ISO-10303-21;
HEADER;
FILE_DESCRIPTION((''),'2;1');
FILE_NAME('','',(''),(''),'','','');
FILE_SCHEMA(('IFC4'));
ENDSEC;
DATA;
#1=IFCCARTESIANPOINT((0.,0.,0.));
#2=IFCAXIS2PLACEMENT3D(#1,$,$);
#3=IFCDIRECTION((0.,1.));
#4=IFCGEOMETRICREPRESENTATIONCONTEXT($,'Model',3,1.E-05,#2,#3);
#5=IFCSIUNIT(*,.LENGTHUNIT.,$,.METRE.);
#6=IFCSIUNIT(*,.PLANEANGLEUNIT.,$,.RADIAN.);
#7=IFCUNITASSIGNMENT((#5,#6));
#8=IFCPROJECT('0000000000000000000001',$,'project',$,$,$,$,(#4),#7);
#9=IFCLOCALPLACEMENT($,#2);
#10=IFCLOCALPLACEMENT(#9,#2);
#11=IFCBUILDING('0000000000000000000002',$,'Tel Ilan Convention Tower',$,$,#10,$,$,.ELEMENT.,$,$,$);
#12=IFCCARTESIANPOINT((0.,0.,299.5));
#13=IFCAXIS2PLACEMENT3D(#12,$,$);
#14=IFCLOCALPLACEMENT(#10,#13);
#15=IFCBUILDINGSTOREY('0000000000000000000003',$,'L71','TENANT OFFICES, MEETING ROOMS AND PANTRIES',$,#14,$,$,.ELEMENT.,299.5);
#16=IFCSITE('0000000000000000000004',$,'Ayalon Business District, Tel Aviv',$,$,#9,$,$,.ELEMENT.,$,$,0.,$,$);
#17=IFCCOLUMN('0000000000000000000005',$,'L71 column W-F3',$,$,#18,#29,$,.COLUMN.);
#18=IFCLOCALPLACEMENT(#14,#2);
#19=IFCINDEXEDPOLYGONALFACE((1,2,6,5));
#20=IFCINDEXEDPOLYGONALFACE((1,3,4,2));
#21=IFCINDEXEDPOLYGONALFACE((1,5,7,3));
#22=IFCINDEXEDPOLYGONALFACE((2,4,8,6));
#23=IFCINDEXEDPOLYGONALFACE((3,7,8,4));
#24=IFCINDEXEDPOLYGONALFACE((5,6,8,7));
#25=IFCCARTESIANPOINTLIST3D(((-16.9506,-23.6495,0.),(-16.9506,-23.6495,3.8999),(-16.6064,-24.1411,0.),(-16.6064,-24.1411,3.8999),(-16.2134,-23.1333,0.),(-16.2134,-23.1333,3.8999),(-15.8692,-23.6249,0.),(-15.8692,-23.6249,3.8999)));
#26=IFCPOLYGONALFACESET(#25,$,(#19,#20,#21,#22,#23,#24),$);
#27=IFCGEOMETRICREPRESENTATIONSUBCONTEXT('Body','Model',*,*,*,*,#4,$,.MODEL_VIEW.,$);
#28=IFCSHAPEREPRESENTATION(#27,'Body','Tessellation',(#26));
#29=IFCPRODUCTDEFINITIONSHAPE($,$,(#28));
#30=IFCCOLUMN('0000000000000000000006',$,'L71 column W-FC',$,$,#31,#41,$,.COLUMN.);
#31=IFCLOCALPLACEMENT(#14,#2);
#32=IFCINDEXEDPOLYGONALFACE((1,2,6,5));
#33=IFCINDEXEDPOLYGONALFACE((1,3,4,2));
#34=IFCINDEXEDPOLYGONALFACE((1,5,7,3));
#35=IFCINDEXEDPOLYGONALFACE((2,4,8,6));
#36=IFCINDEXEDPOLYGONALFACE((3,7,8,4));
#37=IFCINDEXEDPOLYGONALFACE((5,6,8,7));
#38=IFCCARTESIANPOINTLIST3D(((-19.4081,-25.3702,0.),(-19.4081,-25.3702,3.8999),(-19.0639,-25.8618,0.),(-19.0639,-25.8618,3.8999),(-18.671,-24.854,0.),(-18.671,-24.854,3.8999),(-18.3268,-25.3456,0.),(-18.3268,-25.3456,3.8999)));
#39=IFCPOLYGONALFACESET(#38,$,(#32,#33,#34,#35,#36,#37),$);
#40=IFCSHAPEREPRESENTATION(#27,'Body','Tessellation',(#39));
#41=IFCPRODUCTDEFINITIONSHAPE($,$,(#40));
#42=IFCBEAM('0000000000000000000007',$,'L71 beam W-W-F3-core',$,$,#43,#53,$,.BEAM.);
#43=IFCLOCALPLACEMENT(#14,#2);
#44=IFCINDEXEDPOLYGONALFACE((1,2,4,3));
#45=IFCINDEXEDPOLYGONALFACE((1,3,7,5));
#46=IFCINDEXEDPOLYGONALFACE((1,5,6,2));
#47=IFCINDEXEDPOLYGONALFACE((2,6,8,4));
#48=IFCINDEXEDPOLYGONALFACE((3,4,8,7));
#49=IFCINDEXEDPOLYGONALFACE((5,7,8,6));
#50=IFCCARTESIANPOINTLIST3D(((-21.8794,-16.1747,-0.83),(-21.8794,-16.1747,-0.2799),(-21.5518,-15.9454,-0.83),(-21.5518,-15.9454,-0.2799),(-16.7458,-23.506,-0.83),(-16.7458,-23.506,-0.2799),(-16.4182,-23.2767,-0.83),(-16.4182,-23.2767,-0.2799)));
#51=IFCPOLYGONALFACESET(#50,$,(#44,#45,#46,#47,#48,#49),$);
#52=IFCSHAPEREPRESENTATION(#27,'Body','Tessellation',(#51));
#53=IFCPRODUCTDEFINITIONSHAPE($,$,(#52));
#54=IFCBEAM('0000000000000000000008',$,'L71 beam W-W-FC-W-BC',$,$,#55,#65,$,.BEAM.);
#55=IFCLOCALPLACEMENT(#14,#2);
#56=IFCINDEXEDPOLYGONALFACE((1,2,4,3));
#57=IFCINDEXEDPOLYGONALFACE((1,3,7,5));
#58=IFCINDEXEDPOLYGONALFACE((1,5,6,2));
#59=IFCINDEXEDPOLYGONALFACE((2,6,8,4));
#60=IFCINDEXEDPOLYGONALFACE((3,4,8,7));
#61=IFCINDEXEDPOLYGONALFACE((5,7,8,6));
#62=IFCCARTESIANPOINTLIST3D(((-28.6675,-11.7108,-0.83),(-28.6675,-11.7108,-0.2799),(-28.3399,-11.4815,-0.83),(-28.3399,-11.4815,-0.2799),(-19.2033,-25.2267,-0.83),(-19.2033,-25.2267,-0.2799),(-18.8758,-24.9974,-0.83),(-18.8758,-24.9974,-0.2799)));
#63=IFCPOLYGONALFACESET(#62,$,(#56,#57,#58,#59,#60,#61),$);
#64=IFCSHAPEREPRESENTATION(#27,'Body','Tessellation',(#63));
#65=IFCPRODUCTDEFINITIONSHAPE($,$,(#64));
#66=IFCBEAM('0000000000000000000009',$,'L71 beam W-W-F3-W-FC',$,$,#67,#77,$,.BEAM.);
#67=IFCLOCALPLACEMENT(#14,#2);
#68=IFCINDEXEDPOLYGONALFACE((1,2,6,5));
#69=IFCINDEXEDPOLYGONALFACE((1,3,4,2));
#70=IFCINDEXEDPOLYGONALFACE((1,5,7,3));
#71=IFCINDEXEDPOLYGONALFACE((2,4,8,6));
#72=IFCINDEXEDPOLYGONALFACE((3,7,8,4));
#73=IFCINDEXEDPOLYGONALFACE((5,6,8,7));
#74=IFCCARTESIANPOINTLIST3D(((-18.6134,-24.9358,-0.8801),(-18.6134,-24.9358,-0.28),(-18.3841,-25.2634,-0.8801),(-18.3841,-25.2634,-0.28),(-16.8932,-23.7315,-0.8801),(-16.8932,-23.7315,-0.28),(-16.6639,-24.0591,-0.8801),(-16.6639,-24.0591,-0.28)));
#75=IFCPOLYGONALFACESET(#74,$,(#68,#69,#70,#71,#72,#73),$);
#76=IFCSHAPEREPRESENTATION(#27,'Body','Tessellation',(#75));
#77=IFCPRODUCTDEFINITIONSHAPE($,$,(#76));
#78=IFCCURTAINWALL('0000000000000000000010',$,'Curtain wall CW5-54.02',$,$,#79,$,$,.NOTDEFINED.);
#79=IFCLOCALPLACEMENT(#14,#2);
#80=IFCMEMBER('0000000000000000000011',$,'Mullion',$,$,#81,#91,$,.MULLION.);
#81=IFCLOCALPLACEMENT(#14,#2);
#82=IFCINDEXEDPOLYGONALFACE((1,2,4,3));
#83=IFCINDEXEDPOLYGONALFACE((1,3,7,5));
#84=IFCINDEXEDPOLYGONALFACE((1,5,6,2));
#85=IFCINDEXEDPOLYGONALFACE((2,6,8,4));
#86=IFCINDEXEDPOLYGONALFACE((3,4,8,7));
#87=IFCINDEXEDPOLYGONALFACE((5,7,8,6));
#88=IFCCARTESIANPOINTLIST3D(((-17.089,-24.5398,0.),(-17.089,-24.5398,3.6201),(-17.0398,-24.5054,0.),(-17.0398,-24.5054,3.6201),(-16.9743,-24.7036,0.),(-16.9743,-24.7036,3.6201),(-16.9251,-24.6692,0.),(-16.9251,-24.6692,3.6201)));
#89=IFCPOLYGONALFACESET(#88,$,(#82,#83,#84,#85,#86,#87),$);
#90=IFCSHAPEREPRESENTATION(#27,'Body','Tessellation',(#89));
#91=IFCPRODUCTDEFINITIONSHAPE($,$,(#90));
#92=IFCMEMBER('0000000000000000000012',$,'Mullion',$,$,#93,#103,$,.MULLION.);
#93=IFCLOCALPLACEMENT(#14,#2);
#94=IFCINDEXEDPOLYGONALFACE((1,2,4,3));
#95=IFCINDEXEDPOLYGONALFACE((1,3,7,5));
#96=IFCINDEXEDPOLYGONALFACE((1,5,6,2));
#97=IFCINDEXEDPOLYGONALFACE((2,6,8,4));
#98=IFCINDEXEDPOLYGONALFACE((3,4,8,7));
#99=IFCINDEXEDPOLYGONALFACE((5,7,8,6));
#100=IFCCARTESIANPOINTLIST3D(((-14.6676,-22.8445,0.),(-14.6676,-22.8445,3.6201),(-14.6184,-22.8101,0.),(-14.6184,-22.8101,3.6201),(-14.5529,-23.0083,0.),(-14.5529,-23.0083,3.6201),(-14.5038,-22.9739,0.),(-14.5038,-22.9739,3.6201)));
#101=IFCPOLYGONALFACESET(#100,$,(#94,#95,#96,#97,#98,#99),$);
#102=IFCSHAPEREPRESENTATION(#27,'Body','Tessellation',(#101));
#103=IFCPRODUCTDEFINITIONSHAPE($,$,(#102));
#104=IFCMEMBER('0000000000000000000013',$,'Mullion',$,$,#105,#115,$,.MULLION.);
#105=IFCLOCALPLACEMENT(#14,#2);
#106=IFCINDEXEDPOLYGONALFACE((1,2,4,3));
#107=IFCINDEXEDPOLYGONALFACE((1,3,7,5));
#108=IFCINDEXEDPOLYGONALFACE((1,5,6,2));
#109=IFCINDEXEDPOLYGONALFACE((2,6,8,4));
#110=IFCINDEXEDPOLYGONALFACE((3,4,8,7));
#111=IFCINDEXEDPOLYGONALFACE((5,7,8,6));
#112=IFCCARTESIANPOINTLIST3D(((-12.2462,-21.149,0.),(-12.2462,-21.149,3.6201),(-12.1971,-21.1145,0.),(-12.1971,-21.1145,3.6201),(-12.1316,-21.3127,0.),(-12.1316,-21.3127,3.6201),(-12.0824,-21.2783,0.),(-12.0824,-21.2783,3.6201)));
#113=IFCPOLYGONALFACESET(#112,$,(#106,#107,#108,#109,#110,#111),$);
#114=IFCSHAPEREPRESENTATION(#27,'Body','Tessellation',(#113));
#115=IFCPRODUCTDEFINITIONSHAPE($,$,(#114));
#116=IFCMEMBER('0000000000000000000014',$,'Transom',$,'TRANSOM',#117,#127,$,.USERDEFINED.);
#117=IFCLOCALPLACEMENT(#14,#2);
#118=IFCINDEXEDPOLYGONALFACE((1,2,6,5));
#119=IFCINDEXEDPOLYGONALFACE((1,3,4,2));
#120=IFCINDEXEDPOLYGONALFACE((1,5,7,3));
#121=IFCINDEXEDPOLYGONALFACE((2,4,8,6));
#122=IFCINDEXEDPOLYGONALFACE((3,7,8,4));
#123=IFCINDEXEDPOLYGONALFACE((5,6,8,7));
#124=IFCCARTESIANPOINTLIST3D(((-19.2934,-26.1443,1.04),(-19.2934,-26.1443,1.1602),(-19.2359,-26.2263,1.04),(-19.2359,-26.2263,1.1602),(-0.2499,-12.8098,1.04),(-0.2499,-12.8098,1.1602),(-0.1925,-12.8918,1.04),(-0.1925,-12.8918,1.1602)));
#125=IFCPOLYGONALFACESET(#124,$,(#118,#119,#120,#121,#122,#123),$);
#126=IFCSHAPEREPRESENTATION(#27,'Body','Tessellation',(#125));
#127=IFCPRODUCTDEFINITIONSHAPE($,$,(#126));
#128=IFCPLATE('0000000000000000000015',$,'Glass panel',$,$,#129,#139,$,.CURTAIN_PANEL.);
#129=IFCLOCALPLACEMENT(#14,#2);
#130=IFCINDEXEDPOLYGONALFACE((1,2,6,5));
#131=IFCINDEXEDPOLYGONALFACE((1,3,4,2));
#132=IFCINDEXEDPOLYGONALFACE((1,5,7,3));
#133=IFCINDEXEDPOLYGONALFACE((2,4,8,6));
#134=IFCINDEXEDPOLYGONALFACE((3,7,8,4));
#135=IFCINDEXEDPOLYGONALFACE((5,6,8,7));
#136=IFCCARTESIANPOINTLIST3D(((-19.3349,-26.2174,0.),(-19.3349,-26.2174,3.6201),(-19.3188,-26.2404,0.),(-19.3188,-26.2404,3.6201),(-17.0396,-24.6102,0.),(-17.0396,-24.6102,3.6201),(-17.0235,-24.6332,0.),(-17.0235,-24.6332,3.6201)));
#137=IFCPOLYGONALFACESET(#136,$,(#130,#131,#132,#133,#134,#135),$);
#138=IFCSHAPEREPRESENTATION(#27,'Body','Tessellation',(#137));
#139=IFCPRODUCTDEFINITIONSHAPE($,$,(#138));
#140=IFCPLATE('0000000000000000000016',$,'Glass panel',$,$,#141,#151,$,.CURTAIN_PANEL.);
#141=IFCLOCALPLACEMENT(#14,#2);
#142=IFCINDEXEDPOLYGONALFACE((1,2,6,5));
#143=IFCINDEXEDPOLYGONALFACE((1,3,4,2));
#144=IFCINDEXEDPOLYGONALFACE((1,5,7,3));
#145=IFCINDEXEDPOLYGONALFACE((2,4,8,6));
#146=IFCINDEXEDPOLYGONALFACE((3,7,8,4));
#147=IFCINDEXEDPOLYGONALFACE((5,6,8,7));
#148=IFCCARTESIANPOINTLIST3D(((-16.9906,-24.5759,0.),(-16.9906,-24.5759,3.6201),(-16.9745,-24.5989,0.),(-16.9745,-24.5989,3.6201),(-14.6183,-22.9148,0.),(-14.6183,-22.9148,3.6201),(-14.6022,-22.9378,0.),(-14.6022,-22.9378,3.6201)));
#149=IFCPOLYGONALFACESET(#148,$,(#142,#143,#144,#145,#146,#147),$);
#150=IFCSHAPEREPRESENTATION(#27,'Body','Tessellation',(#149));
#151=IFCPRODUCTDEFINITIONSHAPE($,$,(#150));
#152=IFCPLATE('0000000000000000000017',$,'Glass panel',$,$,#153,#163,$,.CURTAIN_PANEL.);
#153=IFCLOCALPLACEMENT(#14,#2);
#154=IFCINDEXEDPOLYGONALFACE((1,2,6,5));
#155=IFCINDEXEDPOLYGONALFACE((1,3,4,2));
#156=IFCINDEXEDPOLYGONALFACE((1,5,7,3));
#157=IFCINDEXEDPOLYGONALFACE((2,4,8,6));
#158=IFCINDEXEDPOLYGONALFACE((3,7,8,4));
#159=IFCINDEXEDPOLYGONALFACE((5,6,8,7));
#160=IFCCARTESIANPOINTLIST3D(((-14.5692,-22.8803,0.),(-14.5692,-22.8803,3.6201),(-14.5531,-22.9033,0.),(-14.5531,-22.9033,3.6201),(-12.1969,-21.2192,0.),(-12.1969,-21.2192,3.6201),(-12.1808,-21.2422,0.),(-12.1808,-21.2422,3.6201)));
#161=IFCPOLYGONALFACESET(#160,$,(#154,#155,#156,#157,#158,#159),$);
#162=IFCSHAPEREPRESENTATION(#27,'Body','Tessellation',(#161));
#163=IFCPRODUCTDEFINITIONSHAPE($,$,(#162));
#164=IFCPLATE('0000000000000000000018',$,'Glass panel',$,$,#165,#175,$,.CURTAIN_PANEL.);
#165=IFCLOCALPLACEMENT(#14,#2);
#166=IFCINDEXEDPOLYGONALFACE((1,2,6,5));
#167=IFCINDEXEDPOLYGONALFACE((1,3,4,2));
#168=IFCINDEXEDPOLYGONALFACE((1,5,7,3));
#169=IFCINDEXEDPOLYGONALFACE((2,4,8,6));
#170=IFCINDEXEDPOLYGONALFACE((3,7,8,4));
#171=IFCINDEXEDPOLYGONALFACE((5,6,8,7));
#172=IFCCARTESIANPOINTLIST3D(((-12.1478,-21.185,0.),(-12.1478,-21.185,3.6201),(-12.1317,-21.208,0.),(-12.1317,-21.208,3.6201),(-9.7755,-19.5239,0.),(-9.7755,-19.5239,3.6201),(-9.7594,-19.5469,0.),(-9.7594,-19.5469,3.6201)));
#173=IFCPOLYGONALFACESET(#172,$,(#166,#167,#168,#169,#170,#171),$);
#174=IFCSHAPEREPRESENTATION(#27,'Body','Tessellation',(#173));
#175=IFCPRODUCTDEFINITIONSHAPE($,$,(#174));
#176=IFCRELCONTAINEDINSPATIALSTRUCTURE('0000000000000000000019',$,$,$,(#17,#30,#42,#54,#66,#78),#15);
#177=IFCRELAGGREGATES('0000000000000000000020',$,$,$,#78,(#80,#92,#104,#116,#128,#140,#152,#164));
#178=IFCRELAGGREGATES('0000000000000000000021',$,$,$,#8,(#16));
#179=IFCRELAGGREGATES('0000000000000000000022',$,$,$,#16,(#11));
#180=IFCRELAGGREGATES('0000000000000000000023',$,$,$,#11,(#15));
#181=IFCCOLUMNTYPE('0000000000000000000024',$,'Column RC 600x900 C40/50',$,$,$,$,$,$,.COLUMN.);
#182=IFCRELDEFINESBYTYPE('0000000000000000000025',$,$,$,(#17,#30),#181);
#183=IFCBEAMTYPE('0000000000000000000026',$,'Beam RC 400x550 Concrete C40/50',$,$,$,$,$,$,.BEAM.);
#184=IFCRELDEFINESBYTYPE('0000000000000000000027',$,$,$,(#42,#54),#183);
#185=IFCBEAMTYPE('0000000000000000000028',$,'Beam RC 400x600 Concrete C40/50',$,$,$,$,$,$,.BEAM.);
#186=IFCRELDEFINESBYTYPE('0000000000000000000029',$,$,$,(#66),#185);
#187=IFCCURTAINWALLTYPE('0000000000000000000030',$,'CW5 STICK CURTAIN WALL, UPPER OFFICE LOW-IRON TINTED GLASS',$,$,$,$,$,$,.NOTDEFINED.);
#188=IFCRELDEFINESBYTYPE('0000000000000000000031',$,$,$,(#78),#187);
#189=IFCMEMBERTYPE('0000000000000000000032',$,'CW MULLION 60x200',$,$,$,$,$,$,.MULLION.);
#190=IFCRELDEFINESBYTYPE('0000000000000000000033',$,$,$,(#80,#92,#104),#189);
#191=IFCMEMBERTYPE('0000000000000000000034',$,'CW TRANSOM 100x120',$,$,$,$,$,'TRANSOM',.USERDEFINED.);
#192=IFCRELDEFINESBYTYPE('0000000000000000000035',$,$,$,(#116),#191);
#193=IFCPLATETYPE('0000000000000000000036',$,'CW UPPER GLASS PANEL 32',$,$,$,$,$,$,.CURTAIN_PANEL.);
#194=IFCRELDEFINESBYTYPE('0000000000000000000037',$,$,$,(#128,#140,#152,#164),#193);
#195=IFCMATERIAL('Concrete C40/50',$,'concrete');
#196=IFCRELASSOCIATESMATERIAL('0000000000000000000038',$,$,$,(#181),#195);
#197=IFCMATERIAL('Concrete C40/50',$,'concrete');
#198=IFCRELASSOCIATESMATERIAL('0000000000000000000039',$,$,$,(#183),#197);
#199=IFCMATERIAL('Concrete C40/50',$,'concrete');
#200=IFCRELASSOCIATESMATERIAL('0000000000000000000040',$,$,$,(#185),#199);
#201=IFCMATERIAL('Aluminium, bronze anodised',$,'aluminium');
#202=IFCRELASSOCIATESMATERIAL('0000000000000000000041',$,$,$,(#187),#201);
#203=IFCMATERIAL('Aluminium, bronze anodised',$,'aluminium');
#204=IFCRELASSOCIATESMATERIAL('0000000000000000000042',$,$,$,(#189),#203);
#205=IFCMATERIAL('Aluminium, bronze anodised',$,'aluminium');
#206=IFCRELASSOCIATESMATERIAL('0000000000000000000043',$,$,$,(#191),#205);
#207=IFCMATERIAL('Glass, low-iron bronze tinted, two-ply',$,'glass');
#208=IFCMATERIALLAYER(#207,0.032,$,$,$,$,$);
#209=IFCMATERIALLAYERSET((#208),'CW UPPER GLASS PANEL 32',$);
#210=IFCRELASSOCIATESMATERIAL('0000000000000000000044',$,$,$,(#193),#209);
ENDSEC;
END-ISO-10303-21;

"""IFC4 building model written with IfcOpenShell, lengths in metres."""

from ifc_helpers import new_model, si_unit, direction, frame, origin, origin_2d, place, context, subcontext, project, spatial, rectangle, extrude, material, layer, layer_set, material_profile, profile_set, type_object, element, aggregate, save


model = new_model("IFC4")

# Units and contexts
model_context = context("Model", 3, precision=1e-05, world=origin(), true_north=direction((0.0, 1.0)))
body_context = subcontext(model_context, "Body", "Model", "MODEL_VIEW")
ifc_project = project(units=[si_unit("LENGTHUNIT", "METRE"), si_unit("PLANEANGLEUNIT", "RADIAN")], contexts=[model_context])

# Site, building, storey
site_placement = place(None, origin())
site = spatial("IfcSite", under=ifc_project, at=site_placement, Name="Ayalon Business District, Tel Aviv", CompositionType="ELEMENT", RefElevation=0.0)
building_placement = place(site_placement, origin())
building = spatial("IfcBuilding", under=site, at=building_placement, Name="Tel Ilan Convention Tower", CompositionType="ELEMENT")
storey_placement = place(building_placement, frame((0.0, 0.0, 299.5)))
storey = spatial("IfcBuildingStorey", under=building, at=storey_placement, Name="L71", Description="TENANT OFFICES, MEETING ROOMS AND PANTRIES", CompositionType="ELEMENT", Elevation=299.5)

# Columns
ifc_material_1 = material(Name="Concrete C40/50", Category="concrete")
ifc_material_profile_1 = material_profile(ifc_material_1, rectangle(XDim=0.8999, YDim=0.6001, at=origin_2d()), Name="RC 600x900")
ifc_profile_set_1 = profile_set([ifc_material_profile_1], Name="Concrete C40/50")
column_type = type_object("IfcColumnType", Name="Column RC 600x900 C40/50", PredefinedType="COLUMN", material=ifc_profile_set_1)
for number, where, z_axis, x_axis, name in (
    (1, (-16.4099, -23.6372, 0.0), (0.0, 0.0, 1.0), (-0.819152, -0.573576, 0.0), "L71 column W-F3"),
    (2, (-18.8674, -25.3579, 0.0), (0.0, 0.0, 1.0), (-0.819152, -0.573576, 0.0), "L71 column W-FC"),
):
    element("IfcColumn", number, at=place(storey_placement, frame(where, z_axis=z_axis, x_axis=x_axis)), inside=storey, type_object=column_type, Name=name, PredefinedType="COLUMN", context=body_context, shape_type="SweptSolid", body=[
        extrude(rectangle(XDim=0.8999, YDim=0.6001, at=origin_2d()), origin(), (0.0, 0.0, 1.0), 3.8999),
    ])

# Beams
ifc_material_2 = material(Name="Concrete C40/50", Category="concrete")
ifc_material_profile_2 = material_profile(ifc_material_2, rectangle(XDim=0.3999, YDim=0.55, at=origin_2d()), Name="RC 400x550")
ifc_profile_set_2 = profile_set([ifc_material_profile_2], Name="Concrete C40/50")
beam_type_1 = type_object("IfcBeamType", Name="Beam RC 400x550 Concrete C40/50", PredefinedType="BEAM", material=ifc_profile_set_2)
beam_1_placement = place(storey_placement, frame((-16.582, -23.3914, -0.5549), z_axis=(-0.573585, 0.819146, 0.0), x_axis=(-0.819146, -0.573585, 0.0)))
element("IfcBeam", 3, at=beam_1_placement, inside=storey, type_object=beam_type_1, Name="L71 beam W-W-F3-core", PredefinedType="BEAM", context=body_context, shape_type="SweptSolid", body=[
    extrude(rectangle(XDim=0.3999, YDim=0.55, at=origin_2d()), origin(), (0.0, 0.0, 1.0), 8.95),
])
beam_2_placement = place(storey_placement, frame((-19.0396, -25.1121, -0.5549), z_axis=(-0.573584, 0.819146, 0.0), x_axis=(-0.819146, -0.573584, 0.0)))
element("IfcBeam", 4, at=beam_2_placement, inside=storey, type_object=beam_type_1, Name="L71 beam W-W-FC-W-BC", PredefinedType="BEAM", context=body_context, shape_type="SweptSolid", body=[
    extrude(rectangle(XDim=0.3999, YDim=0.55, at=origin_2d()), origin(), (0.0, 0.0, 1.0), 16.5),
])
ifc_material_3 = material(Name="Concrete C40/50", Category="concrete")
ifc_material_profile_3 = material_profile(ifc_material_3, rectangle(XDim=0.3999, YDim=0.6001, at=origin_2d()), Name="RC 400x600")
ifc_profile_set_3 = profile_set([ifc_material_profile_3], Name="Concrete C40/50")
beam_type_2 = type_object("IfcBeamType", Name="Beam RC 400x600 Concrete C40/50", PredefinedType="BEAM", material=ifc_profile_set_3)
beam_3_placement = place(storey_placement, frame((-16.7786, -23.8953, -0.5801), z_axis=(-0.819188, -0.573525, 0.0), x_axis=(0.573525, -0.819188, 0.0)))
element("IfcBeam", 5, at=beam_3_placement, inside=storey, type_object=beam_type_2, Name="L71 beam W-W-F3-W-FC", PredefinedType="BEAM", context=body_context, shape_type="SweptSolid", body=[
    extrude(rectangle(XDim=0.3999, YDim=0.6001, at=origin_2d()), origin(), (0.0, 0.0, 1.0), 2.0999),
])

# Curtain wall, members, plates
ifc_material_4 = material(Name="Aluminium, bronze anodised", Category="aluminium")
curtain_wall_type = type_object("IfcCurtainWallType", Name="CW5 STICK CURTAIN WALL, UPPER OFFICE LOW-IRON TINTED GLASS", PredefinedType="NOTDEFINED", material=ifc_material_4)
curtain_wall_placement = place(storey_placement, origin())
curtain_wall = element("IfcCurtainWall", 6, at=curtain_wall_placement, inside=storey, type_object=curtain_wall_type, Name="Curtain wall CW5-54.02", PredefinedType="NOTDEFINED")
ifc_material_5 = material(Name="Aluminium, bronze anodised", Category="aluminium")
ifc_material_profile_4 = material_profile(ifc_material_5, rectangle(XDim=0.0601, YDim=0.2, at=origin_2d()), Name="CW MULLION 60x200")
ifc_profile_set_4 = profile_set([ifc_material_profile_4], Name="Aluminium, bronze anodised")
member_type_1 = type_object("IfcMemberType", Name="CW MULLION 60x200", PredefinedType="MULLION", material=ifc_profile_set_4)
member_1_placement = place(storey_placement, frame((-17.0071, -24.6045, 0.0), z_axis=(0.0, 0.0, 1.0), x_axis=(0.819152, 0.573576, 0.0)))
member_1 = element("IfcMember", 7, at=member_1_placement, type_object=member_type_1, Name="Mullion", PredefinedType="MULLION", context=body_context, shape_type="SweptSolid", body=[
    extrude(rectangle(XDim=0.0601, YDim=0.2, at=origin_2d()), origin(), (0.0, 0.0, 1.0), 3.6201),
])
member_2_placement = place(storey_placement, frame((-14.5857, -22.9092, 0.0), z_axis=(0.0, 0.0, 1.0), x_axis=(0.819152, 0.573576, 0.0)))
member_2 = element("IfcMember", 8, at=member_2_placement, type_object=member_type_1, Name="Mullion", PredefinedType="MULLION", context=body_context, shape_type="SweptSolid", body=[
    extrude(rectangle(XDim=0.0601, YDim=0.2, at=origin_2d()), origin(), (0.0, 0.0, 1.0), 3.6201),
])
member_3_placement = place(storey_placement, frame((-12.1643, -21.2136, 0.0), z_axis=(0.0, 0.0, 1.0), x_axis=(0.819152, 0.573576, 0.0)))
member_3 = element("IfcMember", 9, at=member_3_placement, type_object=member_type_1, Name="Mullion", PredefinedType="MULLION", context=body_context, shape_type="SweptSolid", body=[
    extrude(rectangle(XDim=0.0601, YDim=0.2, at=origin_2d()), origin(), (0.0, 0.0, 1.0), 3.6201),
])
ifc_material_6 = material(Name="Aluminium, bronze anodised", Category="aluminium")
ifc_material_profile_5 = material_profile(ifc_material_6, rectangle(XDim=0.1001, YDim=0.1201, at=origin_2d()), Name="CW TRANSOM 100x120")
ifc_profile_set_5 = profile_set([ifc_material_profile_5], Name="Aluminium, bronze anodised")
member_type_2 = type_object("IfcMemberType", Name="CW TRANSOM 100x120", ElementType="TRANSOM", PredefinedType="USERDEFINED", material=ifc_profile_set_5)
member_4_placement = place(storey_placement, frame((-19.2646, -26.1853, 1.1001), z_axis=(0.81915, 0.573579, 0.0), x_axis=(-0.573579, 0.81915, 0.0)))
member_4 = element("IfcMember", 10, at=member_4_placement, type_object=member_type_2, Name="Transom", ObjectType="TRANSOM", PredefinedType="USERDEFINED", context=body_context, shape_type="SweptSolid", body=[
    extrude(rectangle(XDim=0.1001, YDim=0.1201, at=origin_2d()), origin(), (0.0, 0.0, 1.0), 23.2478),
])
ifc_material_7 = material(Name="Glass, low-iron bronze tinted, two-ply", Category="glass")
ifc_layer_1 = layer(ifc_material_7, 0.032)
ifc_layer_set_1 = layer_set([ifc_layer_1], Name="CW UPPER GLASS PANEL 32")
plate_type = type_object("IfcPlateType", Name="CW UPPER GLASS PANEL 32", PredefinedType="CURTAIN_PANEL", material=ifc_layer_set_1)
plate_1_placement = place(storey_placement, frame((-18.1792, -25.4253, 0.0), z_axis=(0.0, 0.0, 1.0), x_axis=(0.819152, 0.573576, 0.0)))
plate_1 = element("IfcPlate", 11, at=plate_1_placement, type_object=plate_type, Name="Glass panel", PredefinedType="CURTAIN_PANEL", context=body_context, shape_type="SweptSolid", body=[
    extrude(rectangle(XDim=2.802, YDim=0.0281, at=origin_2d()), origin(), (0.0, 0.0, 1.0), 3.6201),
])
plate_2_placement = place(storey_placement, frame((-15.7964, -23.7568, 0.0), z_axis=(0.0, 0.0, 1.0), x_axis=(0.819152, 0.573576, 0.0)))
plate_2 = element("IfcPlate", 12, at=plate_2_placement, type_object=plate_type, Name="Glass panel", PredefinedType="CURTAIN_PANEL", context=body_context, shape_type="SweptSolid", body=[
    extrude(rectangle(XDim=2.896, YDim=0.0281, at=origin_2d()), origin(), (0.0, 0.0, 1.0), 3.6201),
])
plate_3_placement = place(storey_placement, frame((-13.375, -22.0613, 0.0), z_axis=(0.0, 0.0, 1.0), x_axis=(0.819152, 0.573576, 0.0)))
plate_3 = element("IfcPlate", 13, at=plate_3_placement, type_object=plate_type, Name="Glass panel", PredefinedType="CURTAIN_PANEL", context=body_context, shape_type="SweptSolid", body=[
    extrude(rectangle(XDim=2.896, YDim=0.0281, at=origin_2d()), origin(), (0.0, 0.0, 1.0), 3.6201),
])
plate_4_placement = place(storey_placement, frame((-10.9536, -20.366, 0.0), z_axis=(0.0, 0.0, 1.0), x_axis=(0.819152, 0.573576, 0.0)))
plate_4 = element("IfcPlate", 14, at=plate_4_placement, type_object=plate_type, Name="Glass panel", PredefinedType="CURTAIN_PANEL", context=body_context, shape_type="SweptSolid", body=[
    extrude(rectangle(XDim=2.896, YDim=0.0281, at=origin_2d()), origin(), (0.0, 0.0, 1.0), 3.6201),
])
aggregate(curtain_wall, [member_1, member_2, member_3, member_4, plate_1, plate_2, plate_3, plate_4])

save(model, "model.ifc")
